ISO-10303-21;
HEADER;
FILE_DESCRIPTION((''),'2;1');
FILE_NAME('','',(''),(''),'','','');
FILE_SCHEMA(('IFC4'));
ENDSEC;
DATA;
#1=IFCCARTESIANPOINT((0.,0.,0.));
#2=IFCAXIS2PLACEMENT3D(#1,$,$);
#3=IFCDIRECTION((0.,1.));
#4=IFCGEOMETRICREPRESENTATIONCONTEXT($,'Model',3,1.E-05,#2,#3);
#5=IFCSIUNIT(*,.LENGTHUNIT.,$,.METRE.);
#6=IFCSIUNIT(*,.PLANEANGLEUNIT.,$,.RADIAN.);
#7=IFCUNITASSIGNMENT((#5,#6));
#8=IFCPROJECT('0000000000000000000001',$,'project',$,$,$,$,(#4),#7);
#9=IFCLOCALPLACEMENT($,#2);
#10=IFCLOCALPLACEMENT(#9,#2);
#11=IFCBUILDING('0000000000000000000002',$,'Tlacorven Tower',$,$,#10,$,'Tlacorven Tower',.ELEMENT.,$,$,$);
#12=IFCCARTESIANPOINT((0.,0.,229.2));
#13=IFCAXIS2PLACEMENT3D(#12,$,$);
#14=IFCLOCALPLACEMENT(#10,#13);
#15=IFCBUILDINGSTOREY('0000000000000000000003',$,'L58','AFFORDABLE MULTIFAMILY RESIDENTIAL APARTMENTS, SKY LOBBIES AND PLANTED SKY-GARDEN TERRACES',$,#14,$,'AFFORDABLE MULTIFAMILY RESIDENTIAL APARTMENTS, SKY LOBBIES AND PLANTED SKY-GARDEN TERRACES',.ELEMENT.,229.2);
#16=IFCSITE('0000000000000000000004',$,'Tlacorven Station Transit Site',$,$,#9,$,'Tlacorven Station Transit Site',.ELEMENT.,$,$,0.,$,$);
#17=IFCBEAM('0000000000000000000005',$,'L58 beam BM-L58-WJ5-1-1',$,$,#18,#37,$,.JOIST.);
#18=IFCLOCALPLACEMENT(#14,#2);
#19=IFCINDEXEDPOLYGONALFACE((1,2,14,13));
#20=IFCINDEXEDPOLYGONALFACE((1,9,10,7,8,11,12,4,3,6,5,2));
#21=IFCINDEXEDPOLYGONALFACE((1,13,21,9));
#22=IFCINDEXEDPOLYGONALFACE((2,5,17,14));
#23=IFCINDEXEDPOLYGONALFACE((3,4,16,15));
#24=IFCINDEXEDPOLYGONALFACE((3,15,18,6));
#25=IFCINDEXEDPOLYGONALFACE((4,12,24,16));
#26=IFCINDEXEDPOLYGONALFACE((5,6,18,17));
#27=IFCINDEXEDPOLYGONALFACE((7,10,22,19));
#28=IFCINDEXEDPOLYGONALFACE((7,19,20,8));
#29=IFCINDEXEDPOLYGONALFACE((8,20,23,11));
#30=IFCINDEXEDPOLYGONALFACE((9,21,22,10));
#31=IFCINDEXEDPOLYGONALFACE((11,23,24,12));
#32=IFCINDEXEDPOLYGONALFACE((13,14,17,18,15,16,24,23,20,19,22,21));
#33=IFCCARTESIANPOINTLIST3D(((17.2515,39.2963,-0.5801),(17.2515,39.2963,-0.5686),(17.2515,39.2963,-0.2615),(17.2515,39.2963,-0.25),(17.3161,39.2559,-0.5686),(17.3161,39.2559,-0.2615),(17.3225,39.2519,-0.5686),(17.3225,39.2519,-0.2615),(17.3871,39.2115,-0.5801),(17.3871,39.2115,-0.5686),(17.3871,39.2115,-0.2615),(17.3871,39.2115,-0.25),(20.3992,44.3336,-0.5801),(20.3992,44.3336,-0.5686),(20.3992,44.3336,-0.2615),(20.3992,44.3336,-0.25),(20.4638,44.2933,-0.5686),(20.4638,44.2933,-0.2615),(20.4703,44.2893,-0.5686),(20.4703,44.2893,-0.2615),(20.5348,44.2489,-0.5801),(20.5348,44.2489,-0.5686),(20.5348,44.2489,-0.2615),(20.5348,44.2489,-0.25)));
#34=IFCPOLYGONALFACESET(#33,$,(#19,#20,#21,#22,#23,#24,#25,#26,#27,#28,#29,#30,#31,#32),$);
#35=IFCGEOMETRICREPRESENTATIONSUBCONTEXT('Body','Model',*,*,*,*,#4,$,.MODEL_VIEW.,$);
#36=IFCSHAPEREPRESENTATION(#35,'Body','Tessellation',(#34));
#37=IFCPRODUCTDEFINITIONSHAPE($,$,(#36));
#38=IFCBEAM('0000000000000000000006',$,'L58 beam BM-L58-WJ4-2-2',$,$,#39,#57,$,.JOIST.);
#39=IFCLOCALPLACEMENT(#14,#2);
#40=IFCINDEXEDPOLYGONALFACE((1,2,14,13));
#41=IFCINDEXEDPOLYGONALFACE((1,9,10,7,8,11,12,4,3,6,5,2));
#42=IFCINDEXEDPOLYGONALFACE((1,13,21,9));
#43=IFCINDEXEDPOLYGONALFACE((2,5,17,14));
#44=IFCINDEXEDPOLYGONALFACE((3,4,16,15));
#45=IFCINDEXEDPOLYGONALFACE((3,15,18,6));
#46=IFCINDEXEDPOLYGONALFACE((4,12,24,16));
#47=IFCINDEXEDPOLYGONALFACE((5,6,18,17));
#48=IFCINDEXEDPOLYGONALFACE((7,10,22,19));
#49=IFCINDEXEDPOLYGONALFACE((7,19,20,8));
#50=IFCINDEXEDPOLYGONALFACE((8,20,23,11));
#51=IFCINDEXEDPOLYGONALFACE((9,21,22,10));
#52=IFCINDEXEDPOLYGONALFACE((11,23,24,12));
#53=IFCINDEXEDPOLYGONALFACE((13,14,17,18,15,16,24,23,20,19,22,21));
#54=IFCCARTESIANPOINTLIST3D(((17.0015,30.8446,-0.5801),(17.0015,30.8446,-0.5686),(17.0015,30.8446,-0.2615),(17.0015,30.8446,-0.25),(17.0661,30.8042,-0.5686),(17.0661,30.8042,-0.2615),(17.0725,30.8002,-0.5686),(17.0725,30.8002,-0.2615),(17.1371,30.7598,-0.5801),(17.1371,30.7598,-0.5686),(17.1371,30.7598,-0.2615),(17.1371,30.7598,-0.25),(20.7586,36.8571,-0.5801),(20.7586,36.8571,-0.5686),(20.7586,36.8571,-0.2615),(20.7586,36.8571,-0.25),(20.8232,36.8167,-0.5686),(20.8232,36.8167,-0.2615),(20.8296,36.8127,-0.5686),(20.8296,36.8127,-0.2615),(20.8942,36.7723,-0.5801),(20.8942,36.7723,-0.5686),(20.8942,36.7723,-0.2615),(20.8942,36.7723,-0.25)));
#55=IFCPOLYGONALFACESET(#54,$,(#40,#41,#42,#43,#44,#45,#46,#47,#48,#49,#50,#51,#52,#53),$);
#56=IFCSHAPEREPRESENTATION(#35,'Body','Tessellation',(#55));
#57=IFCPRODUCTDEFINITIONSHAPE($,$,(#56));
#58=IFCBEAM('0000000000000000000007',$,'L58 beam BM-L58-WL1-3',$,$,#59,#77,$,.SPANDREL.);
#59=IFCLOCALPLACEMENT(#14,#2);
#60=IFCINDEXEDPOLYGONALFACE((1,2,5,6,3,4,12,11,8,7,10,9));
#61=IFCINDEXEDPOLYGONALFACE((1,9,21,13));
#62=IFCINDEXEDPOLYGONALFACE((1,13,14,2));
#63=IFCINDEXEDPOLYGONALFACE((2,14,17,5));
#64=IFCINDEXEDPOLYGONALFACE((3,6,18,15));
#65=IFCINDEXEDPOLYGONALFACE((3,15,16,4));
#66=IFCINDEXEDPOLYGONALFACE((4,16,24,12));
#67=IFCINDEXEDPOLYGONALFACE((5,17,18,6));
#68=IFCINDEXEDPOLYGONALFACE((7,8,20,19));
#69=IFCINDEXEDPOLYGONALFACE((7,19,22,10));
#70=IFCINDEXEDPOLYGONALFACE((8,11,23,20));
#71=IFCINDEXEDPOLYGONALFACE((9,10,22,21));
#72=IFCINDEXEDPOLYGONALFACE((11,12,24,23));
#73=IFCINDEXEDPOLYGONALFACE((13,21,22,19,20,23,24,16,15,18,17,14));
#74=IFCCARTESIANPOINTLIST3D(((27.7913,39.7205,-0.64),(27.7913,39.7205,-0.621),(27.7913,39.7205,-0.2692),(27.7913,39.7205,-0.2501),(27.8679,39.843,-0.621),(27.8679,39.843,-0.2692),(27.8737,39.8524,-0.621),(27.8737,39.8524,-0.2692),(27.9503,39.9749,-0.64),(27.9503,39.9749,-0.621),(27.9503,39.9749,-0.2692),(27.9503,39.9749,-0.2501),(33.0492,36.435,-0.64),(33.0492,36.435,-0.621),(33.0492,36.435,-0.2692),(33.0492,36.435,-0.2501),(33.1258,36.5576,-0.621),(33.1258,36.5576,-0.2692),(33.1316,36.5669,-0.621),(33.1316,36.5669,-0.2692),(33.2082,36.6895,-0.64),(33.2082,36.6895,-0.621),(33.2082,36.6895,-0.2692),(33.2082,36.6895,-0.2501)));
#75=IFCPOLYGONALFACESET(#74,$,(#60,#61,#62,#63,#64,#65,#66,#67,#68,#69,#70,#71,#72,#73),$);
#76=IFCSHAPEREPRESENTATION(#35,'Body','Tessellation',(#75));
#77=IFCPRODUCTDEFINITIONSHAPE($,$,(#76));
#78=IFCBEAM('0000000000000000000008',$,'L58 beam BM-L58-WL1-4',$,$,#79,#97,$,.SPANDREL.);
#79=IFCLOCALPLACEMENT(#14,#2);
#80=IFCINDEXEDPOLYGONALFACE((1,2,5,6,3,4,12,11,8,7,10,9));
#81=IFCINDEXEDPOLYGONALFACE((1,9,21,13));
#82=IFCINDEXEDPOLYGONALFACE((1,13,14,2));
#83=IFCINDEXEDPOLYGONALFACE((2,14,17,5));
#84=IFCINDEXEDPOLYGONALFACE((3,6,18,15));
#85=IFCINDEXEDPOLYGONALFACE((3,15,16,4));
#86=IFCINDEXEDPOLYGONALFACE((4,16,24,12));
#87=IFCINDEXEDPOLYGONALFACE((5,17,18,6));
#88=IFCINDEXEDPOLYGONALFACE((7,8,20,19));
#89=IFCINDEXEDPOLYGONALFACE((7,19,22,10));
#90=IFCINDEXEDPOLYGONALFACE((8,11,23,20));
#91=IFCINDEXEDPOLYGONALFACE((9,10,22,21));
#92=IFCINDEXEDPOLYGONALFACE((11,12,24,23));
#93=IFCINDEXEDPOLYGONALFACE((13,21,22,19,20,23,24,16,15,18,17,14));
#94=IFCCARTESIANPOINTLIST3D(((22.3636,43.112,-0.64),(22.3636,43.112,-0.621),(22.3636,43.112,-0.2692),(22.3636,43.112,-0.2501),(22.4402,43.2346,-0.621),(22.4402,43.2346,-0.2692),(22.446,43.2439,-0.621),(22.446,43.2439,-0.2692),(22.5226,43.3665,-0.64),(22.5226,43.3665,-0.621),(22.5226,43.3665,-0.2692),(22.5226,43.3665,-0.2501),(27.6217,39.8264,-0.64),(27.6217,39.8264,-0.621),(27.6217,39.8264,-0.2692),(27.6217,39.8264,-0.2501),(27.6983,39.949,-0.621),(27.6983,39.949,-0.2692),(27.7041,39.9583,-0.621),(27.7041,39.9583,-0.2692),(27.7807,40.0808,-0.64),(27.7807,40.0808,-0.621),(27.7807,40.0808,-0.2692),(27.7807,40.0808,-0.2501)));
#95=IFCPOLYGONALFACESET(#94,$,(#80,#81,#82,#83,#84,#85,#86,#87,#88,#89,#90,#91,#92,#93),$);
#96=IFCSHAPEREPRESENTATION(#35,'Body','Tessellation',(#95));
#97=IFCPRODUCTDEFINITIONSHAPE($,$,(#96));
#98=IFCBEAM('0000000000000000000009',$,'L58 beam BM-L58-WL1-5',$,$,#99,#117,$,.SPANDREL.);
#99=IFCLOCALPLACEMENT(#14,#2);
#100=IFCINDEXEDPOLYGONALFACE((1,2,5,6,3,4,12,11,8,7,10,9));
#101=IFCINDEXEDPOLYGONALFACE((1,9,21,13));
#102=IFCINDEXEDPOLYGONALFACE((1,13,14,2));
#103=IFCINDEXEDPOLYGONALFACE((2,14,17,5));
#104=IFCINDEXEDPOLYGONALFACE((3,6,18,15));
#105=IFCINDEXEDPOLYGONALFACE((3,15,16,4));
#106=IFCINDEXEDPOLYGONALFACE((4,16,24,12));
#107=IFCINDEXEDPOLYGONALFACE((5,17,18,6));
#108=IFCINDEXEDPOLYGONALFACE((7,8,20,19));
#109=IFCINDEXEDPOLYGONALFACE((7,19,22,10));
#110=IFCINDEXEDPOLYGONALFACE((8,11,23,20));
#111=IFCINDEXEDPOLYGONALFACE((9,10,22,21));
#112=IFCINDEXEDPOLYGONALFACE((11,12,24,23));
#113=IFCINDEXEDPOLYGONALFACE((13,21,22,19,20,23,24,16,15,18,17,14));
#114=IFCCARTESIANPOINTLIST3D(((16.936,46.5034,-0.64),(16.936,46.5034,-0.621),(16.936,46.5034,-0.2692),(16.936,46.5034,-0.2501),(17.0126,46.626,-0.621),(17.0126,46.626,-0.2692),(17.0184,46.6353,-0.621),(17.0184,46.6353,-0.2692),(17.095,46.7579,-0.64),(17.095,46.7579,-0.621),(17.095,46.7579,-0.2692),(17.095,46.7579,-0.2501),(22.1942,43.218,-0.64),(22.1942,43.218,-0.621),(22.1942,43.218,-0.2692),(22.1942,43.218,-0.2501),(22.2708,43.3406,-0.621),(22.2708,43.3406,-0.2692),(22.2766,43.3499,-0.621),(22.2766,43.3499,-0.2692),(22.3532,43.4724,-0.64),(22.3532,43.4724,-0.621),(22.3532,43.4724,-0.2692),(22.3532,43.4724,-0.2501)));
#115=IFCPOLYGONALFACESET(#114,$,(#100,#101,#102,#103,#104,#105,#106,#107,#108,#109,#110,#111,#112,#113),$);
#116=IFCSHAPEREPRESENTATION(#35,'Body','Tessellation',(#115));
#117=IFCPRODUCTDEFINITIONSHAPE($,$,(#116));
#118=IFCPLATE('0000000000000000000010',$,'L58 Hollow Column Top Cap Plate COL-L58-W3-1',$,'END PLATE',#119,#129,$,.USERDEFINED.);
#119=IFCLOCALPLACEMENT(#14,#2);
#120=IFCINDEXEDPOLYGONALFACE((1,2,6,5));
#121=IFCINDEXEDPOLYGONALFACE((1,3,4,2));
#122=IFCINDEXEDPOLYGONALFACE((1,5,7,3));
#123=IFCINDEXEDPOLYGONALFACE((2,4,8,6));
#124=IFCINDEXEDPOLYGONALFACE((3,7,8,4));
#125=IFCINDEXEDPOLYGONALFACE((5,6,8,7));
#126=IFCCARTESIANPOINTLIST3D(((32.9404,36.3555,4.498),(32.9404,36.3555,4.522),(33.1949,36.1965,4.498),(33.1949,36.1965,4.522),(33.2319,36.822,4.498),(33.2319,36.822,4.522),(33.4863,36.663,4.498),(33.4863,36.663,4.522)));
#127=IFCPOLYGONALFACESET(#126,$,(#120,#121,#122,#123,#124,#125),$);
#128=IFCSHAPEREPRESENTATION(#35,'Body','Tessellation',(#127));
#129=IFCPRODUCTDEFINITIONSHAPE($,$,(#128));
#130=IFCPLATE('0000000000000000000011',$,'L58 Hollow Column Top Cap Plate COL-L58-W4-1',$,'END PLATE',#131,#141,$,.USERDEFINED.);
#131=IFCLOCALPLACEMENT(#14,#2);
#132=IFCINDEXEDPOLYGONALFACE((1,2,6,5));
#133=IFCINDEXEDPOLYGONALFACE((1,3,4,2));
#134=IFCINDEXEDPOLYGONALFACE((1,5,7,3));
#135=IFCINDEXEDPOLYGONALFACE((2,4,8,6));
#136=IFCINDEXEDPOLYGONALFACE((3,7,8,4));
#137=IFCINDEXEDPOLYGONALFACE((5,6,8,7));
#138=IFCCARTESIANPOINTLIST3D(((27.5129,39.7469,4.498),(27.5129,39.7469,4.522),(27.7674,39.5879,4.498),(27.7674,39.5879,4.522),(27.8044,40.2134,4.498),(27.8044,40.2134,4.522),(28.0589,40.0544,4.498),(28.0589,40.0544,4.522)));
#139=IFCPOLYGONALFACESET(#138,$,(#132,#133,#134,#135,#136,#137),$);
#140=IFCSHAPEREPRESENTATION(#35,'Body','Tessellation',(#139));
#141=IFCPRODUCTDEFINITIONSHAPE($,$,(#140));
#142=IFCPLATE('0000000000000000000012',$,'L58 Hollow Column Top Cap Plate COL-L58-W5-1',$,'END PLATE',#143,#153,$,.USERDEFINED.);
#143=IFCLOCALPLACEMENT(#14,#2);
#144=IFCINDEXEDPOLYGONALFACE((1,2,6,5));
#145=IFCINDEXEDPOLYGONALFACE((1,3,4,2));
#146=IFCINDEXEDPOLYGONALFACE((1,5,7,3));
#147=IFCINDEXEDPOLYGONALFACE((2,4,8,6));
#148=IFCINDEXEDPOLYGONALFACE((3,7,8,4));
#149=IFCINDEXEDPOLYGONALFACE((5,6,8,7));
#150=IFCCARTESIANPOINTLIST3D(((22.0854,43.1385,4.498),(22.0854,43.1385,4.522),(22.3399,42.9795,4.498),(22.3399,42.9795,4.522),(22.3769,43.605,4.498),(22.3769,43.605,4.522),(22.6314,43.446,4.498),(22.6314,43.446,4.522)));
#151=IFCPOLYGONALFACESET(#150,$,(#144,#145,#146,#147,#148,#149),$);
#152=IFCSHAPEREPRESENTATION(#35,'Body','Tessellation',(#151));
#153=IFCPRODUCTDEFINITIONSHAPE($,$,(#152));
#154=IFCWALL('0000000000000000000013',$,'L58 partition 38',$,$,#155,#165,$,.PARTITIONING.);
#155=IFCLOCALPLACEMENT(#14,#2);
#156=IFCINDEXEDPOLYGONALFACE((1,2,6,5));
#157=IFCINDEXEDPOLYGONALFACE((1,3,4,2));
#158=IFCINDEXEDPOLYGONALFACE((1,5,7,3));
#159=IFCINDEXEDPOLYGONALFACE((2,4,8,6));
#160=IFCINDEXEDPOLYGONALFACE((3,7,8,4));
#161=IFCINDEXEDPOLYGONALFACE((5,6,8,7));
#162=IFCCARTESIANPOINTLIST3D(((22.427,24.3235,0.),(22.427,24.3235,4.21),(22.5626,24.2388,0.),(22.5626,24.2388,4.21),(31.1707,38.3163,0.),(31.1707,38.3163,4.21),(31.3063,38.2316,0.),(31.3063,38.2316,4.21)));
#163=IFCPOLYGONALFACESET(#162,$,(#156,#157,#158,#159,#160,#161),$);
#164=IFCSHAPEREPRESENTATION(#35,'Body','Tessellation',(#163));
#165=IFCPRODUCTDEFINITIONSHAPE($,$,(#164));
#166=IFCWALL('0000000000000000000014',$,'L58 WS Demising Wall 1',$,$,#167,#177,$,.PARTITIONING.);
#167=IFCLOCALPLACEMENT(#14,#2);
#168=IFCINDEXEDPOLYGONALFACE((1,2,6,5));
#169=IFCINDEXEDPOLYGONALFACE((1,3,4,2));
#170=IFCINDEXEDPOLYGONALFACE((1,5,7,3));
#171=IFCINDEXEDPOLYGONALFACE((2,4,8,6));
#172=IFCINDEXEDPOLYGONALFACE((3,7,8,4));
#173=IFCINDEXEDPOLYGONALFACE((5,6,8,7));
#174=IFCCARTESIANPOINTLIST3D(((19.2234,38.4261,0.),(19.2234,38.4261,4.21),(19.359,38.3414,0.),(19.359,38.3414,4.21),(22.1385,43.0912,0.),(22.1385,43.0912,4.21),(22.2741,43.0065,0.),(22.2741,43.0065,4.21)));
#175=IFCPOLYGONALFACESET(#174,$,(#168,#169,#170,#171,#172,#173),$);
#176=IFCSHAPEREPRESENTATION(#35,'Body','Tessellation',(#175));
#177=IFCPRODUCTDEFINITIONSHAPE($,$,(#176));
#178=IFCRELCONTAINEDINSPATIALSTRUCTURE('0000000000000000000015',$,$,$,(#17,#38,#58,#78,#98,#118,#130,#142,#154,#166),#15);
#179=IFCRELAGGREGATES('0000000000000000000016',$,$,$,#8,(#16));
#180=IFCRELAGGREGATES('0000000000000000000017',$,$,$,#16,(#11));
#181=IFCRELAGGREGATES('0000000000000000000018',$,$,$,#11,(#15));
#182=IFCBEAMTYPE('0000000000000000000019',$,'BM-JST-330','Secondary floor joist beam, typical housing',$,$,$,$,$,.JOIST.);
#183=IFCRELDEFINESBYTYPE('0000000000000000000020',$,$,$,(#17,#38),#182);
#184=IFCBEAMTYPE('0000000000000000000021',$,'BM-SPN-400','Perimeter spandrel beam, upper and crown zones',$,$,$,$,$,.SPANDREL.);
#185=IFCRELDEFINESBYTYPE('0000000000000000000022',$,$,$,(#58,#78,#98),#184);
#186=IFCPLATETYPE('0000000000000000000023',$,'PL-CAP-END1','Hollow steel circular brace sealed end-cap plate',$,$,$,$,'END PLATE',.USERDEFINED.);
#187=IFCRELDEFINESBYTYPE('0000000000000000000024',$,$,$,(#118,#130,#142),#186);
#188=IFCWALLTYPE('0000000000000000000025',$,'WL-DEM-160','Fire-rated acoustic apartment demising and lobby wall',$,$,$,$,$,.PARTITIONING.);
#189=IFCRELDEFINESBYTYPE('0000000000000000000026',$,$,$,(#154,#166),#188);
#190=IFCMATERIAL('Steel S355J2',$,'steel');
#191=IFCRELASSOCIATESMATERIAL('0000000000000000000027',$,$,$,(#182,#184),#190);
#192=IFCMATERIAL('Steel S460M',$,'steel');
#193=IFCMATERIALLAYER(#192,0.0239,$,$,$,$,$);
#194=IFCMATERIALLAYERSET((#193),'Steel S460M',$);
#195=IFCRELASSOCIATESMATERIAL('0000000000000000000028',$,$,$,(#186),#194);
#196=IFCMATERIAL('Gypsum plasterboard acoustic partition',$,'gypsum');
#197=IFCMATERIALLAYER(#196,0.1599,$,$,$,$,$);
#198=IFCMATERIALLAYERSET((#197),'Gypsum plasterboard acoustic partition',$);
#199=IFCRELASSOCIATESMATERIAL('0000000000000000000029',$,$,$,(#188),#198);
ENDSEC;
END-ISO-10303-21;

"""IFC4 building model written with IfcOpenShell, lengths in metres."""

from ifc_helpers import new_model, si_unit, direction, frame, frame_2d, origin, origin_2d, place, context, subcontext, project, spatial, rectangle, i_section, extrude, source, transform, mapped, material, layer, layer_set, material_profile, profile_set, type_object, element, save


model = new_model("IFC4")

# Units and contexts
model_context = context("Model", 3, precision=1e-05, world=origin(), true_north=direction((0.0, 1.0)))
body_context = subcontext(model_context, "Body", "Model", "MODEL_VIEW")
ifc_project = project(units=[si_unit("LENGTHUNIT", "METRE"), si_unit("PLANEANGLEUNIT", "RADIAN")], contexts=[model_context])

# Site, building, storey
site_placement = place(None, origin())
site = spatial("IfcSite", under=ifc_project, at=site_placement, Name="Tlacorven Station Transit Site", LongName="Tlacorven Station Transit Site", CompositionType="ELEMENT", RefElevation=0.0)
building_placement = place(site_placement, origin())
building = spatial("IfcBuilding", under=site, at=building_placement, Name="Tlacorven Tower", LongName="Tlacorven Tower", CompositionType="ELEMENT")
storey_placement = place(building_placement, frame((0.0, 0.0, 229.2)))
storey = spatial("IfcBuildingStorey", under=building, at=storey_placement, Name="L58", Description="AFFORDABLE MULTIFAMILY RESIDENTIAL APARTMENTS, SKY LOBBIES AND PLANTED SKY-GARDEN TERRACES", LongName="AFFORDABLE MULTIFAMILY RESIDENTIAL APARTMENTS, SKY LOBBIES AND PLANTED SKY-GARDEN TERRACES", CompositionType="ELEMENT", Elevation=229.2)

# Shared definitions
ifc_material_1 = material(Name="Steel S460M", Category="steel")

# Beams
ifc_material_2 = material(Name="Steel S355J2", Category="steel")
ifc_material_profile_1 = material_profile(ifc_material_2, i_section(OverallWidth=0.1599, OverallDepth=0.3301, WebThickness=0.0076, FlangeThickness=0.0115, at=origin_2d()), Name="IPE 330")
ifc_profile_set_1 = profile_set([ifc_material_profile_1], Name="Steel S355J2")
beam_type_1 = type_object("IfcBeamType", Name="BM-JST-330", Description="Secondary floor joist beam, typical housing", PredefinedType="JOIST", material=ifc_profile_set_1)
shared_shape_1 = source(origin(), body_context, "Body", "SweptSolid", [
    extrude(i_section(OverallWidth=0.1599, OverallDepth=0.3301, WebThickness=0.0076, FlangeThickness=0.0115, at=origin_2d()), origin(), (0.0, 0.0, 1.0), 5.9399),
])
for number, where, z_axis, x_axis, name in (
    (1, (20.467, 44.2913, -0.415), (-0.529921, -0.848047, 0.0), (0.848047, -0.529921, 0.0), "L58 beam BM-L58-WJ5-1-1"),
):
    element("IfcBeam", number, at=place(storey_placement, frame(where, z_axis=z_axis, x_axis=x_axis)), inside=storey, type_object=beam_type_1, Name=name, PredefinedType="JOIST", context=body_context, shape_type="MappedRepresentation", body=[
        mapped(shared_shape_1, transform((0.0, 0.0, 0.0), scale=1.0)),
    ])
shared_shape_2 = source(origin(), body_context, "Body", "SweptSolid", [
    extrude(i_section(OverallWidth=0.1599, OverallDepth=0.3301, WebThickness=0.0076, FlangeThickness=0.0115, at=origin_2d()), origin(), (0.0, 0.0, 1.0), 7.0898),
])
beam_1_placement = place(storey_placement, frame((20.8264, 36.8147, -0.415), z_axis=(-0.529928, -0.848043, 0.0), x_axis=(0.848043, -0.529928, 0.0)))
element("IfcBeam", 2, at=beam_1_placement, inside=storey, type_object=beam_type_1, Name="L58 beam BM-L58-WJ4-2-2", PredefinedType="JOIST", context=body_context, shape_type="MappedRepresentation", body=[
    mapped(shared_shape_2, transform((0.0, 0.0, 0.0), scale=1.0)),
])
ifc_material_profile_2 = material_profile(ifc_material_2, i_section(OverallWidth=0.3, OverallDepth=0.3899, WebThickness=0.011, FlangeThickness=0.019, at=origin_2d()), Name="HEA 400")
ifc_profile_set_2 = profile_set([ifc_material_profile_2], Name="Steel S355J2")
beam_type_2 = type_object("IfcBeamType", Name="BM-SPN-400", Description="Perimeter spandrel beam, upper and crown zones", PredefinedType="SPANDREL", material=ifc_profile_set_2)
shared_shape_3 = source(origin(), body_context, "Body", "SweptSolid", [
    extrude(i_section(OverallWidth=0.3, OverallDepth=0.3899, WebThickness=0.011, FlangeThickness=0.019, at=origin_2d()), origin(), (0.0, 0.0, 1.0), 6.2),
])
beam_2_placement = place(storey_placement, frame((33.1287, 36.5623, -0.4451), z_axis=(-0.848051, 0.529914, 0.0), x_axis=(-0.529914, -0.848051, 0.0)))
element("IfcBeam", 3, at=beam_2_placement, inside=storey, type_object=beam_type_2, Name="L58 beam BM-L58-WL1-3", PredefinedType="SPANDREL", context=body_context, shape_type="MappedRepresentation", body=[
    mapped(shared_shape_3, transform((0.0, 0.0, 0.0), scale=1.0)),
])
shared_shape_4 = source(origin(), body_context, "Body", "SweptSolid", [
    extrude(i_section(OverallWidth=0.3, OverallDepth=0.3899, WebThickness=0.011, FlangeThickness=0.019, at=origin_2d()), origin(), (0.0, 0.0, 1.0), 6.2002),
])
for number, where, z_axis, x_axis, name in (
    (4, (27.7012, 39.9536, -0.4451), (-0.848045, 0.529925, 0.0), (-0.529925, -0.848045, 0.0), "L58 beam BM-L58-WL1-4"),
    (5, (22.2737, 43.3452, -0.4451), (-0.848062, 0.529896, 0.0), (-0.529896, -0.848062, 0.0), "L58 beam BM-L58-WL1-5"),
):
    element("IfcBeam", number, at=place(storey_placement, frame(where, z_axis=z_axis, x_axis=x_axis)), inside=storey, type_object=beam_type_2, Name=name, PredefinedType="SPANDREL", context=body_context, shape_type="MappedRepresentation", body=[
        mapped(shared_shape_4, transform((0.0, 0.0, 0.0), scale=1.0)),
    ])

# Plates
ifc_layer_1 = layer(ifc_material_1, 0.0239)
ifc_layer_set_1 = layer_set([ifc_layer_1], Name="Steel S460M")
plate_type = type_object("IfcPlateType", Name="PL-CAP-END1", Description="Hollow steel circular brace sealed end-cap plate", ElementType="END PLATE", PredefinedType="USERDEFINED", material=ifc_layer_set_1)
shared_shape_5 = source(origin(), body_context, "Body", "SweptSolid", [
    extrude(rectangle(XDim=0.3, YDim=0.55, at=origin_2d()), origin(), (0.0, 0.0, 1.0), 0.0239),
])
for number, where, z_axis, x_axis, name in (
    (6, (33.2134, 36.5093, 4.498), (0.0, 0.0, 1.0), (-0.848048, 0.529919, 0.0), "L58 Hollow Column Top Cap Plate COL-L58-W3-1"),
    (7, (27.7859, 39.9006, 4.498), (0.0, 0.0, 1.0), (-0.848048, 0.529919, 0.0), "L58 Hollow Column Top Cap Plate COL-L58-W4-1"),
    (8, (22.3584, 43.2922, 4.498), (0.0, 0.0, 1.0), (-0.848048, 0.529919, 0.0), "L58 Hollow Column Top Cap Plate COL-L58-W5-1"),
):
    element("IfcPlate", number, at=place(storey_placement, frame(where, z_axis=z_axis, x_axis=x_axis)), inside=storey, type_object=plate_type, Name=name, ObjectType="END PLATE", PredefinedType="USERDEFINED", context=body_context, shape_type="MappedRepresentation", body=[
        mapped(shared_shape_5, transform((0.0, 0.0, 0.0), scale=1.0)),
    ])

# Walls
ifc_material_3 = material(Name="Gypsum plasterboard acoustic partition", Category="gypsum")
ifc_layer_2 = layer(ifc_material_3, 0.1599)
ifc_layer_set_2 = layer_set([ifc_layer_2], Name="Gypsum plasterboard acoustic partition")
wall_type_1 = type_object("IfcWallType", Name="WL-DEM-160", Description="Fire-rated acoustic apartment demising and lobby wall", PredefinedType="PARTITIONING", material=ifc_layer_set_2)
wall_1_placement = place(storey_placement, frame((31.2385, 38.2739, 0.0), z_axis=(0.0, 0.0, 1.0), x_axis=(-0.529922, -0.848047, 0.0)))
element("IfcWall", 9, at=wall_1_placement, inside=storey, type_object=wall_type_1, Name="L58 partition 38", PredefinedType="PARTITIONING", context=body_context, shape_type="SweptSolid", body=[
    extrude(rectangle(XDim=16.5, YDim=0.1599, at=frame_2d((8.25, 0.0))), origin(), (0.0, 0.0, 1.0), 4.21),
])
wall_2_placement = place(storey_placement, frame((22.2063, 43.0488, 0.0), z_axis=(0.0, 0.0, 1.0), x_axis=(-0.529919, -0.848048, 0.0)))
element("IfcWall", 10, at=wall_2_placement, inside=storey, type_object=wall_type_1, Name="L58 WS Demising Wall 1", PredefinedType="PARTITIONING", context=body_context, shape_type="SweptSolid", body=[
    extrude(rectangle(XDim=5.501, YDim=0.1599, at=frame_2d((2.7505, 0.0))), origin(), (0.0, 0.0, 1.0), 4.21),
])

save(model, "model.ifc")
